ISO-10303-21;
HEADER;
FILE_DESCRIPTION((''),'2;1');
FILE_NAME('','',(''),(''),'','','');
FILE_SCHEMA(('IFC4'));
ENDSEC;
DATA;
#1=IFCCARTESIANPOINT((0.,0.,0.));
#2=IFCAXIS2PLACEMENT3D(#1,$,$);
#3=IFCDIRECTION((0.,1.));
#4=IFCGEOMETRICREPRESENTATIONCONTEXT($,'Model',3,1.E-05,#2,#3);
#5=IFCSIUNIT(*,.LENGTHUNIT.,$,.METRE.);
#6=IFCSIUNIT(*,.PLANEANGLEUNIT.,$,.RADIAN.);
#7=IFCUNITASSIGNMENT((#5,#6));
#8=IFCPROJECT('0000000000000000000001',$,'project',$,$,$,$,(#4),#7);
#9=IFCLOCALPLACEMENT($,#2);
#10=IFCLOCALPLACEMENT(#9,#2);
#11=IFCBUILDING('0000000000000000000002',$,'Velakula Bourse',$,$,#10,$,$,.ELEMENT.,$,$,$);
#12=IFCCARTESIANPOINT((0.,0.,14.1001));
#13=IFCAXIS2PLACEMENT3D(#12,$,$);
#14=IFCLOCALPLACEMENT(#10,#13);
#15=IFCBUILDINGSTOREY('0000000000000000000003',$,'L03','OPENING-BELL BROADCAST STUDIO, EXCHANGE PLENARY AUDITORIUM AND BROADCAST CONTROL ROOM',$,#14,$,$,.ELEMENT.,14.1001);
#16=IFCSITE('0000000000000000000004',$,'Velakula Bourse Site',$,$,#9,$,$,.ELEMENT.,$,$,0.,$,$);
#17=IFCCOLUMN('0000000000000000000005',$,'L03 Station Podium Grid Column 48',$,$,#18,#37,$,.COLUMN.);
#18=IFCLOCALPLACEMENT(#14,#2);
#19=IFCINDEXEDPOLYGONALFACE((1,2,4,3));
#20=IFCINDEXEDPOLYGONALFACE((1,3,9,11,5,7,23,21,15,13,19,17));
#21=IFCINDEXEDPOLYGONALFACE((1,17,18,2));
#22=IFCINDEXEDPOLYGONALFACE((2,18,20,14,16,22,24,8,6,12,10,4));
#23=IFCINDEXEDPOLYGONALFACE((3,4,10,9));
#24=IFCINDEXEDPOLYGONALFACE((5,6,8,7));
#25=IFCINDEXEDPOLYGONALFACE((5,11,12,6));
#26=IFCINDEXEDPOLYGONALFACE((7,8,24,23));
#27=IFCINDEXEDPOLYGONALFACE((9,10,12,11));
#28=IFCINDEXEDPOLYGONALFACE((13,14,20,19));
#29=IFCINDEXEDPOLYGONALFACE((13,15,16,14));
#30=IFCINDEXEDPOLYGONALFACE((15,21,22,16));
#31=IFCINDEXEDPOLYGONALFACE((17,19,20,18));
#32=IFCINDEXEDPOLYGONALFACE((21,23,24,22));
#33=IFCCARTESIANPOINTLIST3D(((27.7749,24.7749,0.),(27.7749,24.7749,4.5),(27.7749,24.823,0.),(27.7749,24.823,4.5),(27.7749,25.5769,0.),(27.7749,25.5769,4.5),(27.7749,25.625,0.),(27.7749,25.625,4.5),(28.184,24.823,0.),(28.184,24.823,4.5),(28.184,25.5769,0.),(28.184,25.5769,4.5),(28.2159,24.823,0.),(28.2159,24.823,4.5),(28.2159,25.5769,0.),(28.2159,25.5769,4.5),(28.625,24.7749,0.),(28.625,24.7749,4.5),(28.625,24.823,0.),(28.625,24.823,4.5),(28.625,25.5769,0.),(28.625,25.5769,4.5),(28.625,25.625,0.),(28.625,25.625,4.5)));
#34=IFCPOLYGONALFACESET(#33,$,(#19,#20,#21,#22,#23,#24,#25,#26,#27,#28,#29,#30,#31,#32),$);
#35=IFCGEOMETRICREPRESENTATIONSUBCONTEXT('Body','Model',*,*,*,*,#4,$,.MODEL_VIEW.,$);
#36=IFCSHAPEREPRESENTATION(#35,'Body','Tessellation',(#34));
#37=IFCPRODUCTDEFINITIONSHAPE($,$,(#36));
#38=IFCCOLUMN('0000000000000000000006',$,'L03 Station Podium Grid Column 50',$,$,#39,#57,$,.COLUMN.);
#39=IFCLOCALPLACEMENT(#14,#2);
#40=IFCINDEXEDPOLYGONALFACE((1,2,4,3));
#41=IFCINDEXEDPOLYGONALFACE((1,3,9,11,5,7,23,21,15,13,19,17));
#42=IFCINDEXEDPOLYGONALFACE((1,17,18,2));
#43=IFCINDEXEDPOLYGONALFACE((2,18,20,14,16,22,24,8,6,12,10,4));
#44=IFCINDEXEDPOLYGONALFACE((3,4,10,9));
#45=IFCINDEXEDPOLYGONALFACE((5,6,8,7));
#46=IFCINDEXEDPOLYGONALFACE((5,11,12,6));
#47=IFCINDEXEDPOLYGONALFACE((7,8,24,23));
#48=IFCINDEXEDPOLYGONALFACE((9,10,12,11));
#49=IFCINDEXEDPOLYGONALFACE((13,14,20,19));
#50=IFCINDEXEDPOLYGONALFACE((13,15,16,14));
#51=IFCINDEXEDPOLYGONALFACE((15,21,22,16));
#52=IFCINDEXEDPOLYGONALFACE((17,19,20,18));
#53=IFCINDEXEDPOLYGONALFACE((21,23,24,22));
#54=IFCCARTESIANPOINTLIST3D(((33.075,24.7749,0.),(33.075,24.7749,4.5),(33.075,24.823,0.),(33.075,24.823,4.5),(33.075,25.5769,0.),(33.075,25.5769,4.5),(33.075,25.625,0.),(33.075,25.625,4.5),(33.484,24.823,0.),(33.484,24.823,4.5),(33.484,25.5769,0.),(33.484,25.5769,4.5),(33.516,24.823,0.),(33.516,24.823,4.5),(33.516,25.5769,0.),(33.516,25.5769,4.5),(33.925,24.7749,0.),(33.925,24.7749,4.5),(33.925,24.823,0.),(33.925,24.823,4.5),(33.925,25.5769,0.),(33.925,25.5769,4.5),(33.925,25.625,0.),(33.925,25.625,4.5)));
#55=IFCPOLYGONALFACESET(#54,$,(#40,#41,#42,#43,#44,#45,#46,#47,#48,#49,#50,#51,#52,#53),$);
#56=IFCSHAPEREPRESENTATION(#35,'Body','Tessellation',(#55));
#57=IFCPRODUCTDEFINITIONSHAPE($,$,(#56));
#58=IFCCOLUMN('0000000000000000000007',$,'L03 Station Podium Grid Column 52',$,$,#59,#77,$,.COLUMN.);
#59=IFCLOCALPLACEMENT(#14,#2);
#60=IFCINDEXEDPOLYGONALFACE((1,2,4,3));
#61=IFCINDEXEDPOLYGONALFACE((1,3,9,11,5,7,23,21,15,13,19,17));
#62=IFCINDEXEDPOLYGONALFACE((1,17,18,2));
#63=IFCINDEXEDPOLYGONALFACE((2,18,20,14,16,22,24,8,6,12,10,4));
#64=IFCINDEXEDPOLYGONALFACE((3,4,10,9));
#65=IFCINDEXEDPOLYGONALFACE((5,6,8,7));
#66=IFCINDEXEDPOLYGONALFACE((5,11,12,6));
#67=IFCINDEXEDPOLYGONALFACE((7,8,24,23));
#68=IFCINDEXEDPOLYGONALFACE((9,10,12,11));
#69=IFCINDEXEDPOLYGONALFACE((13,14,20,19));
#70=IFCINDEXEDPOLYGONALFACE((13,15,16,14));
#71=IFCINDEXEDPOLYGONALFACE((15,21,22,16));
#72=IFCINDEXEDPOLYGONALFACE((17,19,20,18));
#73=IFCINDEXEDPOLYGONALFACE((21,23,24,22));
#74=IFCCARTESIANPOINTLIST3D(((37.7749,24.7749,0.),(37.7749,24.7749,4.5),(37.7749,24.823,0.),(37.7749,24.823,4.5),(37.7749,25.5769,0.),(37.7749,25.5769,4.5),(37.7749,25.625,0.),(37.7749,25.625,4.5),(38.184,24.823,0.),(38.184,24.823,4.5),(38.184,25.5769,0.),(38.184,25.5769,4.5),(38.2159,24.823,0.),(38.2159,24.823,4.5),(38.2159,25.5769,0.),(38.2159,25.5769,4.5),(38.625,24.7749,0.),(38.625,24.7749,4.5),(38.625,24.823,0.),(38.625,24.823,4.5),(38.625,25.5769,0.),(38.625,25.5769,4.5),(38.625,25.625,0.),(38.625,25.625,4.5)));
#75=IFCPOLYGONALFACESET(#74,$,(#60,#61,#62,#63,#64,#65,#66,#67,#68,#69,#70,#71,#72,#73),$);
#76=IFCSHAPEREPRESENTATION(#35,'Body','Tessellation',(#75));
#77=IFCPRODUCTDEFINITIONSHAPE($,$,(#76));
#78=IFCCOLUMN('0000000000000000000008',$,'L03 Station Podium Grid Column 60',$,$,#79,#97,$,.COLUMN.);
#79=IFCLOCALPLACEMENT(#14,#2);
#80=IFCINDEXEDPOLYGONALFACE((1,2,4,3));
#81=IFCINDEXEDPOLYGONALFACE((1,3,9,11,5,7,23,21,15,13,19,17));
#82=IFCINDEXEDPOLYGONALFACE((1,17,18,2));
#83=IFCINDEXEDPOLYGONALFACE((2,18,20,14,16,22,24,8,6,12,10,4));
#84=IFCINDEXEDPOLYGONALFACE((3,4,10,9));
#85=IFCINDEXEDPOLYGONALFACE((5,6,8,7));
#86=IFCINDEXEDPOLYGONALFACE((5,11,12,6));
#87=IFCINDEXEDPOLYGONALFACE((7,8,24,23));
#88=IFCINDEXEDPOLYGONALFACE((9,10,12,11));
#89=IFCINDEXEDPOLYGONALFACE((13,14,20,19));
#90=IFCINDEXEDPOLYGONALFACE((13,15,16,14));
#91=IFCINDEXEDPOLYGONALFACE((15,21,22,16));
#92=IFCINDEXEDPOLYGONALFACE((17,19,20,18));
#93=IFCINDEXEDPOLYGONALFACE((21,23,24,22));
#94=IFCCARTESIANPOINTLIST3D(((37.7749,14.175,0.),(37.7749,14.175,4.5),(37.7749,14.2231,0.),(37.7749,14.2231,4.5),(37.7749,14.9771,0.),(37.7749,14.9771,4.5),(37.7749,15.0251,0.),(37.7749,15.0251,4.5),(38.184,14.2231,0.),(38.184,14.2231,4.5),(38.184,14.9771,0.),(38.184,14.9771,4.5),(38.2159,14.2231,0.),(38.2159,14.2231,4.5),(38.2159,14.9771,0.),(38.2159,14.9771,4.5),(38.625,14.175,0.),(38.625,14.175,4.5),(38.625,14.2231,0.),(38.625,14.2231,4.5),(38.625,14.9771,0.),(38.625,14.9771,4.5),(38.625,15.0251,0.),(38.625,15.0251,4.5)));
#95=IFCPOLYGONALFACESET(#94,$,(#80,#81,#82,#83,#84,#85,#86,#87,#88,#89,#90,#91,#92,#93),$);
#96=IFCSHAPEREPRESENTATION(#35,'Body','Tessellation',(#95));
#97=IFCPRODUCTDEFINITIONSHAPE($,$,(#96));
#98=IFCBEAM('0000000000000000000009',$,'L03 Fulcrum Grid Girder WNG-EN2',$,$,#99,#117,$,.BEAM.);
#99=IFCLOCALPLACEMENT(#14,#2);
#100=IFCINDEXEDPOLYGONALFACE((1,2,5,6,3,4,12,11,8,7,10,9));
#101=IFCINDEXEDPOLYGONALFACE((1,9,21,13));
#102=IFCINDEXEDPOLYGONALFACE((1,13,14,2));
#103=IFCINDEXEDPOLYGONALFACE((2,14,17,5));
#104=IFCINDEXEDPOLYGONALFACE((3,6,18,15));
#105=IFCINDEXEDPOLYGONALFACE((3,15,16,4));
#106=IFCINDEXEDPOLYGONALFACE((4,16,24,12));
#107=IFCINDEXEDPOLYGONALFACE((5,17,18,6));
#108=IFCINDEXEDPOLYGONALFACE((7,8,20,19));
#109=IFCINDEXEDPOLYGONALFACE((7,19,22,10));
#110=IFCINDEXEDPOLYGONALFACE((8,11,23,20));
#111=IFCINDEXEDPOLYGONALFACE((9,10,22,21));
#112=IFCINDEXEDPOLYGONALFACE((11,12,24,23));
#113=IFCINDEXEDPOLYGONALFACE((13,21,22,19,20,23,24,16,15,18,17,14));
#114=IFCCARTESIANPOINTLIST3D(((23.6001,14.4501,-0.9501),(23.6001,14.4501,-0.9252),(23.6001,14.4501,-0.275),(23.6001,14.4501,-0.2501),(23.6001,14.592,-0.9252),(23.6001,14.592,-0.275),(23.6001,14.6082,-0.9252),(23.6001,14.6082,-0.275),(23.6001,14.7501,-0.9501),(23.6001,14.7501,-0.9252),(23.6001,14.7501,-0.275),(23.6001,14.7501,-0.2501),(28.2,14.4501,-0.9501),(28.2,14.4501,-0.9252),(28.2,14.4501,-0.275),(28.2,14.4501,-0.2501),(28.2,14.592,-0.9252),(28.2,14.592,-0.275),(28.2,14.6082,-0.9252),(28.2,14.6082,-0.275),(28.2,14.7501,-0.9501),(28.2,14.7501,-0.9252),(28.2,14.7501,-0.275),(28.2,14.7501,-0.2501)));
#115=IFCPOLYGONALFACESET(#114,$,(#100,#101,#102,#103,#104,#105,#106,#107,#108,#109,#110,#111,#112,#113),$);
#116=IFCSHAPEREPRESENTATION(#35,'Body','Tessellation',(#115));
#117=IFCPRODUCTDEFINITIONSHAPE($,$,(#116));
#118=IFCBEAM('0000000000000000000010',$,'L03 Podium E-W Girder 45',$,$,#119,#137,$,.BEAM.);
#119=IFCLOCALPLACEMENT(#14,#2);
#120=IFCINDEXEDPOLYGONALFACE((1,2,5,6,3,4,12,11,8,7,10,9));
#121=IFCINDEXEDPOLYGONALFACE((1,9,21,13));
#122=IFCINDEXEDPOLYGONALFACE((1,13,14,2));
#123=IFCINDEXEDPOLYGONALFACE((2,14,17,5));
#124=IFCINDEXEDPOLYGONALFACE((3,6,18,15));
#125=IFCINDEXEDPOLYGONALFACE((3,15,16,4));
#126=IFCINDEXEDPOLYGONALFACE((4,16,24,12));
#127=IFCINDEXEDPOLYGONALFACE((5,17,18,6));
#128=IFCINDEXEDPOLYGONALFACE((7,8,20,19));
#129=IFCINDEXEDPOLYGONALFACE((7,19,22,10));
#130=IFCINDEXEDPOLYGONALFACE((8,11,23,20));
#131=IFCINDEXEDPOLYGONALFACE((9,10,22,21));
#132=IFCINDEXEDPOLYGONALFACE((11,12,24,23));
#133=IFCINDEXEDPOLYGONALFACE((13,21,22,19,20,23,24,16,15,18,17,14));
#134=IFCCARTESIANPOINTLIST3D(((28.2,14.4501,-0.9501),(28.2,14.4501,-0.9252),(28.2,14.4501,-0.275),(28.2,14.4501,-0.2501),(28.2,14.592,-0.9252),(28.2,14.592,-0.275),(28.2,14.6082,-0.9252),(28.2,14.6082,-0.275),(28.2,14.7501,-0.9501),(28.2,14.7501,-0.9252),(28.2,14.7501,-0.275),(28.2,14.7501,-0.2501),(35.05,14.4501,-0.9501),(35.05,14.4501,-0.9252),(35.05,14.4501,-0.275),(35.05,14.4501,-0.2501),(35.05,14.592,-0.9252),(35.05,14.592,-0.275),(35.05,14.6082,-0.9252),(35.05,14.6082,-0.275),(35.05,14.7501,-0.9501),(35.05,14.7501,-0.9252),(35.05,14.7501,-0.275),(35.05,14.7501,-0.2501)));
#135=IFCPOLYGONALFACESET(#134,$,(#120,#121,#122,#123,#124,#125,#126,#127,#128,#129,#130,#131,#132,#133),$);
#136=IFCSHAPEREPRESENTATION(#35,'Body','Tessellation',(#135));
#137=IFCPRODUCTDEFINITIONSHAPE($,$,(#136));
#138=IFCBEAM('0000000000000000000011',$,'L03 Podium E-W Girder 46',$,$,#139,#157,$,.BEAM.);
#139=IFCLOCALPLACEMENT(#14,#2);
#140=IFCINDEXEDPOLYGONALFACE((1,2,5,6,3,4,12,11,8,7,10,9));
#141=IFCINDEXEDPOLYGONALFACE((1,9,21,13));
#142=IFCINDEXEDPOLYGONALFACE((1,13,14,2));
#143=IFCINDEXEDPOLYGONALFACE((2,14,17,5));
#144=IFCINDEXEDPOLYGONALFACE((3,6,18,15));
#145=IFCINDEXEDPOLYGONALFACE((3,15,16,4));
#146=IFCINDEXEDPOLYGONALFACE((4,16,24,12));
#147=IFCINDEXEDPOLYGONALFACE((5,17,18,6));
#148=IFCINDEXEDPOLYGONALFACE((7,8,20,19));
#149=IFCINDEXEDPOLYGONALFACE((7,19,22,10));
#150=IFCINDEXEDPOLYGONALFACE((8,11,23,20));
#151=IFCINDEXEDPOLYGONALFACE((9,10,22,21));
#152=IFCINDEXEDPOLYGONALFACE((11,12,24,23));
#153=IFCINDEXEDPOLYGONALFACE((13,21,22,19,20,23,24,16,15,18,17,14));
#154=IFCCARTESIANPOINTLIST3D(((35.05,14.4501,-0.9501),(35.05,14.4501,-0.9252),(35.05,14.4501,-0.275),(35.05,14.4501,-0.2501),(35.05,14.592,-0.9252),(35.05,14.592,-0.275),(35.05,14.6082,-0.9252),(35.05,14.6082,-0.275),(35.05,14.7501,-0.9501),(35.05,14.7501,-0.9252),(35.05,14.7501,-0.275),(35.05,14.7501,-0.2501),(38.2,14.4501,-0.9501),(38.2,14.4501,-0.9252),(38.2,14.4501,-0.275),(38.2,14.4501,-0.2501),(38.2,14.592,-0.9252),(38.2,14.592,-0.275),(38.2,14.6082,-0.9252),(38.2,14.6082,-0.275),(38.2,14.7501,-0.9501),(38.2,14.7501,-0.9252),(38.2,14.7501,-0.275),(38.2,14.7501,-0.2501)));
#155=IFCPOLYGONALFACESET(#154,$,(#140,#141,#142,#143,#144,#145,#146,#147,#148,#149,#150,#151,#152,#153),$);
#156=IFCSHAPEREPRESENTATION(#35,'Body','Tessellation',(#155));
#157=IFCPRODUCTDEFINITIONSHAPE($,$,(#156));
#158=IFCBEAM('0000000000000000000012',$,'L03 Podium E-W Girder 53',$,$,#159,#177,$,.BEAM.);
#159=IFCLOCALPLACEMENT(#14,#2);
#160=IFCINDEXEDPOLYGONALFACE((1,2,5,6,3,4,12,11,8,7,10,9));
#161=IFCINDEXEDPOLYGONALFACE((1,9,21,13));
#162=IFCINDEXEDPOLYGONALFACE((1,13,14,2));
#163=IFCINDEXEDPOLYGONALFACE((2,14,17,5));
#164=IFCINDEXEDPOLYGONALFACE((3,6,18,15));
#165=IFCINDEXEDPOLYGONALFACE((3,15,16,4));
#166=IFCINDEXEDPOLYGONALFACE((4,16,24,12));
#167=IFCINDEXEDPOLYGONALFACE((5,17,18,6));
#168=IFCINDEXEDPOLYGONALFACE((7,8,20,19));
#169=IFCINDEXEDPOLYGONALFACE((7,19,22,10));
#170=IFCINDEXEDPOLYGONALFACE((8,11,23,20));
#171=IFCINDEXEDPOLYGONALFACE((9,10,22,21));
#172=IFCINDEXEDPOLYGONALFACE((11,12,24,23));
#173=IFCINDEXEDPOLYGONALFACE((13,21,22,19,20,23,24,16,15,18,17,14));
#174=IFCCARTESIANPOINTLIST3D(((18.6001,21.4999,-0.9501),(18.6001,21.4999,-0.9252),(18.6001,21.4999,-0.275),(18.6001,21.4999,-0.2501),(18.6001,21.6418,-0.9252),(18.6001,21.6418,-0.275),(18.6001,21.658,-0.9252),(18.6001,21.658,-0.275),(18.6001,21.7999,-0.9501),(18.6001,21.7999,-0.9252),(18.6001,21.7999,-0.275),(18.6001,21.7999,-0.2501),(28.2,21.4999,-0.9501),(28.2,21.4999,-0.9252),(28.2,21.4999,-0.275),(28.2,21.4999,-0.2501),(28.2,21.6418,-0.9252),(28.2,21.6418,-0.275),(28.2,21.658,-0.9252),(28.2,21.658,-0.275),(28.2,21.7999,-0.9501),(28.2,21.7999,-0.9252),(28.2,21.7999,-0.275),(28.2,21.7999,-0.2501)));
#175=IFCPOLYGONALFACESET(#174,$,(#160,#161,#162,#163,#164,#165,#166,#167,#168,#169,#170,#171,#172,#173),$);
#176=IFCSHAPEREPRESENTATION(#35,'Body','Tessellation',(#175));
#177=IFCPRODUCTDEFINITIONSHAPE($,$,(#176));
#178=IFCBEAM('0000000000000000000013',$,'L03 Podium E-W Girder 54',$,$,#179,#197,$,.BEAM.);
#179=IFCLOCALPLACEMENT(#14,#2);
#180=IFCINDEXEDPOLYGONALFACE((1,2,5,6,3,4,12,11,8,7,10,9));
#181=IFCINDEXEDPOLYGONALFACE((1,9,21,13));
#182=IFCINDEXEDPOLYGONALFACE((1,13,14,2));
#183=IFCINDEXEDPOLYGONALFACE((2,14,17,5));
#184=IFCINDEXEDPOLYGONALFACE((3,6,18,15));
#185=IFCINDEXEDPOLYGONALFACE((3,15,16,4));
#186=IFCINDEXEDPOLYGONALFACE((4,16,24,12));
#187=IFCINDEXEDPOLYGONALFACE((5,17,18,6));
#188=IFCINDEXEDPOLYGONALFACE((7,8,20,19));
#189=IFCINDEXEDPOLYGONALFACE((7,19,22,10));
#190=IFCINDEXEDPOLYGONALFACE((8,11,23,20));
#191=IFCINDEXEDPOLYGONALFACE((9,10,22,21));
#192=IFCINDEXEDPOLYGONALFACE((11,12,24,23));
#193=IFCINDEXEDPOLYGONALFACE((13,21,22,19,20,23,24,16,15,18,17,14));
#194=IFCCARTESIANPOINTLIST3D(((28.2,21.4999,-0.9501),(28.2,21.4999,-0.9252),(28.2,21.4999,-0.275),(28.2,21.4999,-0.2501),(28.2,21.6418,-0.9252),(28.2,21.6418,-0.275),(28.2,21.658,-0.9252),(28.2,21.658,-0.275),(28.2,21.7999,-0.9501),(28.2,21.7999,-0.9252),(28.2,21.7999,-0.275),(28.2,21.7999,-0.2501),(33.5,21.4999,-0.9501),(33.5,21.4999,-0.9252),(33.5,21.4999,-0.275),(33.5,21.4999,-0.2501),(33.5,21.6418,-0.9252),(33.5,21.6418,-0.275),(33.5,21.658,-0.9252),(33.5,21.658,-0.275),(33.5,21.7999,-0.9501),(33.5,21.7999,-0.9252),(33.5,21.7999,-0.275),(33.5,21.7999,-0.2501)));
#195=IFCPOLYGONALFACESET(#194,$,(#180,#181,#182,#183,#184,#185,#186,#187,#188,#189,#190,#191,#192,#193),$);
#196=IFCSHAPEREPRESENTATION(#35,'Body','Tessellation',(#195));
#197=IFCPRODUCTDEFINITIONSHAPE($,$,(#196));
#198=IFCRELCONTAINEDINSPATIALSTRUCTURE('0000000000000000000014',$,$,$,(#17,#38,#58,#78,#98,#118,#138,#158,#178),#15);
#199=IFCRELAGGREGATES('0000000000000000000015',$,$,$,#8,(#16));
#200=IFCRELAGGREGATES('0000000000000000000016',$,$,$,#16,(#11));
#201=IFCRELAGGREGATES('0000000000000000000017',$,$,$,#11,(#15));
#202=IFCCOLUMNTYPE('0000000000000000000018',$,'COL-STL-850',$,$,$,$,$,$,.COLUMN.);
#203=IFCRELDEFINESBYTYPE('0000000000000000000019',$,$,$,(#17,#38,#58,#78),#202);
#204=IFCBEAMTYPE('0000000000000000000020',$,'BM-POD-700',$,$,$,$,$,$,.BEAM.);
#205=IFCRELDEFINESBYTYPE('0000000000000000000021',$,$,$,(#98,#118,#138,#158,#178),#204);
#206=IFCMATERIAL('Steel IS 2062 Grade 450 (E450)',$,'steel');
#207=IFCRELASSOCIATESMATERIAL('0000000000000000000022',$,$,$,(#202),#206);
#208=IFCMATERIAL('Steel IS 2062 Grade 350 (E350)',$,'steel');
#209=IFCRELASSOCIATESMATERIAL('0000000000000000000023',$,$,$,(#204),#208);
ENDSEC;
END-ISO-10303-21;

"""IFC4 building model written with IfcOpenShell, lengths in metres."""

from ifc_helpers import new_model, si_unit, direction, frame, origin, origin_2d, place, context, subcontext, project, spatial, i_section, extrude, material, material_profile, profile_set, type_object, element, save


model = new_model("IFC4")

# Units and contexts
model_context = context("Model", 3, precision=1e-05, world=origin(), true_north=direction((0.0, 1.0)))
body_context = subcontext(model_context, "Body", "Model", "MODEL_VIEW")
ifc_project = project(units=[si_unit("LENGTHUNIT", "METRE"), si_unit("PLANEANGLEUNIT", "RADIAN")], contexts=[model_context])

# Site, building, storey
site_placement = place(None, origin())
site = spatial("IfcSite", under=ifc_project, at=site_placement, Name="Velakula Bourse Site", CompositionType="ELEMENT", RefElevation=0.0)
building_placement = place(site_placement, origin())
building = spatial("IfcBuilding", under=site, at=building_placement, Name="Velakula Bourse", CompositionType="ELEMENT")
storey_placement = place(building_placement, frame((0.0, 0.0, 14.1001)))
storey = spatial("IfcBuildingStorey", under=building, at=storey_placement, Name="L03", Description="OPENING-BELL BROADCAST STUDIO, EXCHANGE PLENARY AUDITORIUM AND BROADCAST CONTROL ROOM", CompositionType="ELEMENT", Elevation=14.1001)

# Columns
ifc_material_1 = material(Name="Steel IS 2062 Grade 450 (E450)", Category="steel")
ifc_material_profile_1 = material_profile(ifc_material_1, i_section(OverallWidth=0.8501, OverallDepth=0.8501, WebThickness=0.032, FlangeThickness=0.0481, at=origin_2d()), Name="Steel IS 2062 Grade 450 (E450)")
ifc_profile_set_1 = profile_set([ifc_material_profile_1], Name="Steel IS 2062 Grade 450 (E450)")
column_type = type_object("IfcColumnType", Name="COL-STL-850", PredefinedType="COLUMN", material=ifc_profile_set_1)
for number, where, z_axis, x_axis, name in (
    (1, (28.2, 25.2, 0.0), (0.0, 0.0, 1.0), (1.0, 0.0, 0.0), "L03 Station Podium Grid Column 48"),
    (2, (33.5, 25.2, 0.0), (0.0, 0.0, 1.0), (1.0, 0.0, 0.0), "L03 Station Podium Grid Column 50"),
    (3, (38.2, 25.2, 0.0), (0.0, 0.0, 1.0), (1.0, 0.0, 0.0), "L03 Station Podium Grid Column 52"),
    (4, (38.2, 14.6001, 0.0), (0.0, 0.0, 1.0), (1.0, 0.0, 0.0), "L03 Station Podium Grid Column 60"),
):
    element("IfcColumn", number, at=place(storey_placement, frame(where, z_axis=z_axis, x_axis=x_axis)), inside=storey, type_object=column_type, Name=name, PredefinedType="COLUMN", context=body_context, shape_type="SweptSolid", body=[
        extrude(i_section(OverallWidth=0.8501, OverallDepth=0.8501, WebThickness=0.032, FlangeThickness=0.0481, at=origin_2d()), origin(), (0.0, 0.0, 1.0), 4.5),
    ])

# Beams
ifc_material_2 = material(Name="Steel IS 2062 Grade 350 (E350)", Category="steel")
ifc_material_profile_2 = material_profile(ifc_material_2, i_section(OverallWidth=0.3, OverallDepth=0.7, WebThickness=0.0161, FlangeThickness=0.0249, at=origin_2d()), Name="Steel IS 2062 Grade 350 (E350)")
ifc_profile_set_2 = profile_set([ifc_material_profile_2], Name="Steel IS 2062 Grade 350 (E350)")
beam_type_1 = type_object("IfcBeamType", Name="BM-POD-700", PredefinedType="BEAM", material=ifc_profile_set_2)
beam_1_placement = place(storey_placement, frame((23.6001, 14.6001, -0.6001), z_axis=(1.0, 0.0, 0.0), x_axis=(0.0, 1.0, 0.0)))
element("IfcBeam", 5, at=beam_1_placement, inside=storey, type_object=beam_type_1, Name="L03 Fulcrum Grid Girder WNG-EN2", PredefinedType="BEAM", context=body_context, shape_type="SweptSolid", body=[
    extrude(i_section(OverallWidth=0.3, OverallDepth=0.7, WebThickness=0.0161, FlangeThickness=0.0249, at=origin_2d()), origin(), (0.0, 0.0, 1.0), 4.5999),
])
beam_2_placement = place(storey_placement, frame((28.2, 14.6001, -0.6001), z_axis=(1.0, 0.0, 0.0), x_axis=(0.0, 1.0, 0.0)))
element("IfcBeam", 6, at=beam_2_placement, inside=storey, type_object=beam_type_1, Name="L03 Podium E-W Girder 45", PredefinedType="BEAM", context=body_context, shape_type="SweptSolid", body=[
    extrude(i_section(OverallWidth=0.3, OverallDepth=0.7, WebThickness=0.0161, FlangeThickness=0.0249, at=origin_2d()), origin(), (0.0, 0.0, 1.0), 6.8501),
])
beam_3_placement = place(storey_placement, frame((35.05, 14.6001, -0.6001), z_axis=(1.0, 0.0, 0.0), x_axis=(0.0, 1.0, 0.0)))
element("IfcBeam", 7, at=beam_3_placement, inside=storey, type_object=beam_type_1, Name="L03 Podium E-W Girder 46", PredefinedType="BEAM", context=body_context, shape_type="SweptSolid", body=[
    extrude(i_section(OverallWidth=0.3, OverallDepth=0.7, WebThickness=0.0161, FlangeThickness=0.0249, at=origin_2d()), origin(), (0.0, 0.0, 1.0), 3.1499),
])
beam_4_placement = place(storey_placement, frame((18.6001, 21.6499, -0.6001), z_axis=(1.0, 0.0, 0.0), x_axis=(0.0, 1.0, 0.0)))
element("IfcBeam", 8, at=beam_4_placement, inside=storey, type_object=beam_type_1, Name="L03 Podium E-W Girder 53", PredefinedType="BEAM", context=body_context, shape_type="SweptSolid", body=[
    extrude(i_section(OverallWidth=0.3, OverallDepth=0.7, WebThickness=0.0161, FlangeThickness=0.0249, at=origin_2d()), origin(), (0.0, 0.0, 1.0), 9.5999),
])
beam_5_placement = place(storey_placement, frame((28.2, 21.6499, -0.6001), z_axis=(1.0, 0.0, 0.0), x_axis=(0.0, 1.0, 0.0)))
element("IfcBeam", 9, at=beam_5_placement, inside=storey, type_object=beam_type_1, Name="L03 Podium E-W Girder 54", PredefinedType="BEAM", context=body_context, shape_type="SweptSolid", body=[
    extrude(i_section(OverallWidth=0.3, OverallDepth=0.7, WebThickness=0.0161, FlangeThickness=0.0249, at=origin_2d()), origin(), (0.0, 0.0, 1.0), 5.3),
])

save(model, "model.ifc")
